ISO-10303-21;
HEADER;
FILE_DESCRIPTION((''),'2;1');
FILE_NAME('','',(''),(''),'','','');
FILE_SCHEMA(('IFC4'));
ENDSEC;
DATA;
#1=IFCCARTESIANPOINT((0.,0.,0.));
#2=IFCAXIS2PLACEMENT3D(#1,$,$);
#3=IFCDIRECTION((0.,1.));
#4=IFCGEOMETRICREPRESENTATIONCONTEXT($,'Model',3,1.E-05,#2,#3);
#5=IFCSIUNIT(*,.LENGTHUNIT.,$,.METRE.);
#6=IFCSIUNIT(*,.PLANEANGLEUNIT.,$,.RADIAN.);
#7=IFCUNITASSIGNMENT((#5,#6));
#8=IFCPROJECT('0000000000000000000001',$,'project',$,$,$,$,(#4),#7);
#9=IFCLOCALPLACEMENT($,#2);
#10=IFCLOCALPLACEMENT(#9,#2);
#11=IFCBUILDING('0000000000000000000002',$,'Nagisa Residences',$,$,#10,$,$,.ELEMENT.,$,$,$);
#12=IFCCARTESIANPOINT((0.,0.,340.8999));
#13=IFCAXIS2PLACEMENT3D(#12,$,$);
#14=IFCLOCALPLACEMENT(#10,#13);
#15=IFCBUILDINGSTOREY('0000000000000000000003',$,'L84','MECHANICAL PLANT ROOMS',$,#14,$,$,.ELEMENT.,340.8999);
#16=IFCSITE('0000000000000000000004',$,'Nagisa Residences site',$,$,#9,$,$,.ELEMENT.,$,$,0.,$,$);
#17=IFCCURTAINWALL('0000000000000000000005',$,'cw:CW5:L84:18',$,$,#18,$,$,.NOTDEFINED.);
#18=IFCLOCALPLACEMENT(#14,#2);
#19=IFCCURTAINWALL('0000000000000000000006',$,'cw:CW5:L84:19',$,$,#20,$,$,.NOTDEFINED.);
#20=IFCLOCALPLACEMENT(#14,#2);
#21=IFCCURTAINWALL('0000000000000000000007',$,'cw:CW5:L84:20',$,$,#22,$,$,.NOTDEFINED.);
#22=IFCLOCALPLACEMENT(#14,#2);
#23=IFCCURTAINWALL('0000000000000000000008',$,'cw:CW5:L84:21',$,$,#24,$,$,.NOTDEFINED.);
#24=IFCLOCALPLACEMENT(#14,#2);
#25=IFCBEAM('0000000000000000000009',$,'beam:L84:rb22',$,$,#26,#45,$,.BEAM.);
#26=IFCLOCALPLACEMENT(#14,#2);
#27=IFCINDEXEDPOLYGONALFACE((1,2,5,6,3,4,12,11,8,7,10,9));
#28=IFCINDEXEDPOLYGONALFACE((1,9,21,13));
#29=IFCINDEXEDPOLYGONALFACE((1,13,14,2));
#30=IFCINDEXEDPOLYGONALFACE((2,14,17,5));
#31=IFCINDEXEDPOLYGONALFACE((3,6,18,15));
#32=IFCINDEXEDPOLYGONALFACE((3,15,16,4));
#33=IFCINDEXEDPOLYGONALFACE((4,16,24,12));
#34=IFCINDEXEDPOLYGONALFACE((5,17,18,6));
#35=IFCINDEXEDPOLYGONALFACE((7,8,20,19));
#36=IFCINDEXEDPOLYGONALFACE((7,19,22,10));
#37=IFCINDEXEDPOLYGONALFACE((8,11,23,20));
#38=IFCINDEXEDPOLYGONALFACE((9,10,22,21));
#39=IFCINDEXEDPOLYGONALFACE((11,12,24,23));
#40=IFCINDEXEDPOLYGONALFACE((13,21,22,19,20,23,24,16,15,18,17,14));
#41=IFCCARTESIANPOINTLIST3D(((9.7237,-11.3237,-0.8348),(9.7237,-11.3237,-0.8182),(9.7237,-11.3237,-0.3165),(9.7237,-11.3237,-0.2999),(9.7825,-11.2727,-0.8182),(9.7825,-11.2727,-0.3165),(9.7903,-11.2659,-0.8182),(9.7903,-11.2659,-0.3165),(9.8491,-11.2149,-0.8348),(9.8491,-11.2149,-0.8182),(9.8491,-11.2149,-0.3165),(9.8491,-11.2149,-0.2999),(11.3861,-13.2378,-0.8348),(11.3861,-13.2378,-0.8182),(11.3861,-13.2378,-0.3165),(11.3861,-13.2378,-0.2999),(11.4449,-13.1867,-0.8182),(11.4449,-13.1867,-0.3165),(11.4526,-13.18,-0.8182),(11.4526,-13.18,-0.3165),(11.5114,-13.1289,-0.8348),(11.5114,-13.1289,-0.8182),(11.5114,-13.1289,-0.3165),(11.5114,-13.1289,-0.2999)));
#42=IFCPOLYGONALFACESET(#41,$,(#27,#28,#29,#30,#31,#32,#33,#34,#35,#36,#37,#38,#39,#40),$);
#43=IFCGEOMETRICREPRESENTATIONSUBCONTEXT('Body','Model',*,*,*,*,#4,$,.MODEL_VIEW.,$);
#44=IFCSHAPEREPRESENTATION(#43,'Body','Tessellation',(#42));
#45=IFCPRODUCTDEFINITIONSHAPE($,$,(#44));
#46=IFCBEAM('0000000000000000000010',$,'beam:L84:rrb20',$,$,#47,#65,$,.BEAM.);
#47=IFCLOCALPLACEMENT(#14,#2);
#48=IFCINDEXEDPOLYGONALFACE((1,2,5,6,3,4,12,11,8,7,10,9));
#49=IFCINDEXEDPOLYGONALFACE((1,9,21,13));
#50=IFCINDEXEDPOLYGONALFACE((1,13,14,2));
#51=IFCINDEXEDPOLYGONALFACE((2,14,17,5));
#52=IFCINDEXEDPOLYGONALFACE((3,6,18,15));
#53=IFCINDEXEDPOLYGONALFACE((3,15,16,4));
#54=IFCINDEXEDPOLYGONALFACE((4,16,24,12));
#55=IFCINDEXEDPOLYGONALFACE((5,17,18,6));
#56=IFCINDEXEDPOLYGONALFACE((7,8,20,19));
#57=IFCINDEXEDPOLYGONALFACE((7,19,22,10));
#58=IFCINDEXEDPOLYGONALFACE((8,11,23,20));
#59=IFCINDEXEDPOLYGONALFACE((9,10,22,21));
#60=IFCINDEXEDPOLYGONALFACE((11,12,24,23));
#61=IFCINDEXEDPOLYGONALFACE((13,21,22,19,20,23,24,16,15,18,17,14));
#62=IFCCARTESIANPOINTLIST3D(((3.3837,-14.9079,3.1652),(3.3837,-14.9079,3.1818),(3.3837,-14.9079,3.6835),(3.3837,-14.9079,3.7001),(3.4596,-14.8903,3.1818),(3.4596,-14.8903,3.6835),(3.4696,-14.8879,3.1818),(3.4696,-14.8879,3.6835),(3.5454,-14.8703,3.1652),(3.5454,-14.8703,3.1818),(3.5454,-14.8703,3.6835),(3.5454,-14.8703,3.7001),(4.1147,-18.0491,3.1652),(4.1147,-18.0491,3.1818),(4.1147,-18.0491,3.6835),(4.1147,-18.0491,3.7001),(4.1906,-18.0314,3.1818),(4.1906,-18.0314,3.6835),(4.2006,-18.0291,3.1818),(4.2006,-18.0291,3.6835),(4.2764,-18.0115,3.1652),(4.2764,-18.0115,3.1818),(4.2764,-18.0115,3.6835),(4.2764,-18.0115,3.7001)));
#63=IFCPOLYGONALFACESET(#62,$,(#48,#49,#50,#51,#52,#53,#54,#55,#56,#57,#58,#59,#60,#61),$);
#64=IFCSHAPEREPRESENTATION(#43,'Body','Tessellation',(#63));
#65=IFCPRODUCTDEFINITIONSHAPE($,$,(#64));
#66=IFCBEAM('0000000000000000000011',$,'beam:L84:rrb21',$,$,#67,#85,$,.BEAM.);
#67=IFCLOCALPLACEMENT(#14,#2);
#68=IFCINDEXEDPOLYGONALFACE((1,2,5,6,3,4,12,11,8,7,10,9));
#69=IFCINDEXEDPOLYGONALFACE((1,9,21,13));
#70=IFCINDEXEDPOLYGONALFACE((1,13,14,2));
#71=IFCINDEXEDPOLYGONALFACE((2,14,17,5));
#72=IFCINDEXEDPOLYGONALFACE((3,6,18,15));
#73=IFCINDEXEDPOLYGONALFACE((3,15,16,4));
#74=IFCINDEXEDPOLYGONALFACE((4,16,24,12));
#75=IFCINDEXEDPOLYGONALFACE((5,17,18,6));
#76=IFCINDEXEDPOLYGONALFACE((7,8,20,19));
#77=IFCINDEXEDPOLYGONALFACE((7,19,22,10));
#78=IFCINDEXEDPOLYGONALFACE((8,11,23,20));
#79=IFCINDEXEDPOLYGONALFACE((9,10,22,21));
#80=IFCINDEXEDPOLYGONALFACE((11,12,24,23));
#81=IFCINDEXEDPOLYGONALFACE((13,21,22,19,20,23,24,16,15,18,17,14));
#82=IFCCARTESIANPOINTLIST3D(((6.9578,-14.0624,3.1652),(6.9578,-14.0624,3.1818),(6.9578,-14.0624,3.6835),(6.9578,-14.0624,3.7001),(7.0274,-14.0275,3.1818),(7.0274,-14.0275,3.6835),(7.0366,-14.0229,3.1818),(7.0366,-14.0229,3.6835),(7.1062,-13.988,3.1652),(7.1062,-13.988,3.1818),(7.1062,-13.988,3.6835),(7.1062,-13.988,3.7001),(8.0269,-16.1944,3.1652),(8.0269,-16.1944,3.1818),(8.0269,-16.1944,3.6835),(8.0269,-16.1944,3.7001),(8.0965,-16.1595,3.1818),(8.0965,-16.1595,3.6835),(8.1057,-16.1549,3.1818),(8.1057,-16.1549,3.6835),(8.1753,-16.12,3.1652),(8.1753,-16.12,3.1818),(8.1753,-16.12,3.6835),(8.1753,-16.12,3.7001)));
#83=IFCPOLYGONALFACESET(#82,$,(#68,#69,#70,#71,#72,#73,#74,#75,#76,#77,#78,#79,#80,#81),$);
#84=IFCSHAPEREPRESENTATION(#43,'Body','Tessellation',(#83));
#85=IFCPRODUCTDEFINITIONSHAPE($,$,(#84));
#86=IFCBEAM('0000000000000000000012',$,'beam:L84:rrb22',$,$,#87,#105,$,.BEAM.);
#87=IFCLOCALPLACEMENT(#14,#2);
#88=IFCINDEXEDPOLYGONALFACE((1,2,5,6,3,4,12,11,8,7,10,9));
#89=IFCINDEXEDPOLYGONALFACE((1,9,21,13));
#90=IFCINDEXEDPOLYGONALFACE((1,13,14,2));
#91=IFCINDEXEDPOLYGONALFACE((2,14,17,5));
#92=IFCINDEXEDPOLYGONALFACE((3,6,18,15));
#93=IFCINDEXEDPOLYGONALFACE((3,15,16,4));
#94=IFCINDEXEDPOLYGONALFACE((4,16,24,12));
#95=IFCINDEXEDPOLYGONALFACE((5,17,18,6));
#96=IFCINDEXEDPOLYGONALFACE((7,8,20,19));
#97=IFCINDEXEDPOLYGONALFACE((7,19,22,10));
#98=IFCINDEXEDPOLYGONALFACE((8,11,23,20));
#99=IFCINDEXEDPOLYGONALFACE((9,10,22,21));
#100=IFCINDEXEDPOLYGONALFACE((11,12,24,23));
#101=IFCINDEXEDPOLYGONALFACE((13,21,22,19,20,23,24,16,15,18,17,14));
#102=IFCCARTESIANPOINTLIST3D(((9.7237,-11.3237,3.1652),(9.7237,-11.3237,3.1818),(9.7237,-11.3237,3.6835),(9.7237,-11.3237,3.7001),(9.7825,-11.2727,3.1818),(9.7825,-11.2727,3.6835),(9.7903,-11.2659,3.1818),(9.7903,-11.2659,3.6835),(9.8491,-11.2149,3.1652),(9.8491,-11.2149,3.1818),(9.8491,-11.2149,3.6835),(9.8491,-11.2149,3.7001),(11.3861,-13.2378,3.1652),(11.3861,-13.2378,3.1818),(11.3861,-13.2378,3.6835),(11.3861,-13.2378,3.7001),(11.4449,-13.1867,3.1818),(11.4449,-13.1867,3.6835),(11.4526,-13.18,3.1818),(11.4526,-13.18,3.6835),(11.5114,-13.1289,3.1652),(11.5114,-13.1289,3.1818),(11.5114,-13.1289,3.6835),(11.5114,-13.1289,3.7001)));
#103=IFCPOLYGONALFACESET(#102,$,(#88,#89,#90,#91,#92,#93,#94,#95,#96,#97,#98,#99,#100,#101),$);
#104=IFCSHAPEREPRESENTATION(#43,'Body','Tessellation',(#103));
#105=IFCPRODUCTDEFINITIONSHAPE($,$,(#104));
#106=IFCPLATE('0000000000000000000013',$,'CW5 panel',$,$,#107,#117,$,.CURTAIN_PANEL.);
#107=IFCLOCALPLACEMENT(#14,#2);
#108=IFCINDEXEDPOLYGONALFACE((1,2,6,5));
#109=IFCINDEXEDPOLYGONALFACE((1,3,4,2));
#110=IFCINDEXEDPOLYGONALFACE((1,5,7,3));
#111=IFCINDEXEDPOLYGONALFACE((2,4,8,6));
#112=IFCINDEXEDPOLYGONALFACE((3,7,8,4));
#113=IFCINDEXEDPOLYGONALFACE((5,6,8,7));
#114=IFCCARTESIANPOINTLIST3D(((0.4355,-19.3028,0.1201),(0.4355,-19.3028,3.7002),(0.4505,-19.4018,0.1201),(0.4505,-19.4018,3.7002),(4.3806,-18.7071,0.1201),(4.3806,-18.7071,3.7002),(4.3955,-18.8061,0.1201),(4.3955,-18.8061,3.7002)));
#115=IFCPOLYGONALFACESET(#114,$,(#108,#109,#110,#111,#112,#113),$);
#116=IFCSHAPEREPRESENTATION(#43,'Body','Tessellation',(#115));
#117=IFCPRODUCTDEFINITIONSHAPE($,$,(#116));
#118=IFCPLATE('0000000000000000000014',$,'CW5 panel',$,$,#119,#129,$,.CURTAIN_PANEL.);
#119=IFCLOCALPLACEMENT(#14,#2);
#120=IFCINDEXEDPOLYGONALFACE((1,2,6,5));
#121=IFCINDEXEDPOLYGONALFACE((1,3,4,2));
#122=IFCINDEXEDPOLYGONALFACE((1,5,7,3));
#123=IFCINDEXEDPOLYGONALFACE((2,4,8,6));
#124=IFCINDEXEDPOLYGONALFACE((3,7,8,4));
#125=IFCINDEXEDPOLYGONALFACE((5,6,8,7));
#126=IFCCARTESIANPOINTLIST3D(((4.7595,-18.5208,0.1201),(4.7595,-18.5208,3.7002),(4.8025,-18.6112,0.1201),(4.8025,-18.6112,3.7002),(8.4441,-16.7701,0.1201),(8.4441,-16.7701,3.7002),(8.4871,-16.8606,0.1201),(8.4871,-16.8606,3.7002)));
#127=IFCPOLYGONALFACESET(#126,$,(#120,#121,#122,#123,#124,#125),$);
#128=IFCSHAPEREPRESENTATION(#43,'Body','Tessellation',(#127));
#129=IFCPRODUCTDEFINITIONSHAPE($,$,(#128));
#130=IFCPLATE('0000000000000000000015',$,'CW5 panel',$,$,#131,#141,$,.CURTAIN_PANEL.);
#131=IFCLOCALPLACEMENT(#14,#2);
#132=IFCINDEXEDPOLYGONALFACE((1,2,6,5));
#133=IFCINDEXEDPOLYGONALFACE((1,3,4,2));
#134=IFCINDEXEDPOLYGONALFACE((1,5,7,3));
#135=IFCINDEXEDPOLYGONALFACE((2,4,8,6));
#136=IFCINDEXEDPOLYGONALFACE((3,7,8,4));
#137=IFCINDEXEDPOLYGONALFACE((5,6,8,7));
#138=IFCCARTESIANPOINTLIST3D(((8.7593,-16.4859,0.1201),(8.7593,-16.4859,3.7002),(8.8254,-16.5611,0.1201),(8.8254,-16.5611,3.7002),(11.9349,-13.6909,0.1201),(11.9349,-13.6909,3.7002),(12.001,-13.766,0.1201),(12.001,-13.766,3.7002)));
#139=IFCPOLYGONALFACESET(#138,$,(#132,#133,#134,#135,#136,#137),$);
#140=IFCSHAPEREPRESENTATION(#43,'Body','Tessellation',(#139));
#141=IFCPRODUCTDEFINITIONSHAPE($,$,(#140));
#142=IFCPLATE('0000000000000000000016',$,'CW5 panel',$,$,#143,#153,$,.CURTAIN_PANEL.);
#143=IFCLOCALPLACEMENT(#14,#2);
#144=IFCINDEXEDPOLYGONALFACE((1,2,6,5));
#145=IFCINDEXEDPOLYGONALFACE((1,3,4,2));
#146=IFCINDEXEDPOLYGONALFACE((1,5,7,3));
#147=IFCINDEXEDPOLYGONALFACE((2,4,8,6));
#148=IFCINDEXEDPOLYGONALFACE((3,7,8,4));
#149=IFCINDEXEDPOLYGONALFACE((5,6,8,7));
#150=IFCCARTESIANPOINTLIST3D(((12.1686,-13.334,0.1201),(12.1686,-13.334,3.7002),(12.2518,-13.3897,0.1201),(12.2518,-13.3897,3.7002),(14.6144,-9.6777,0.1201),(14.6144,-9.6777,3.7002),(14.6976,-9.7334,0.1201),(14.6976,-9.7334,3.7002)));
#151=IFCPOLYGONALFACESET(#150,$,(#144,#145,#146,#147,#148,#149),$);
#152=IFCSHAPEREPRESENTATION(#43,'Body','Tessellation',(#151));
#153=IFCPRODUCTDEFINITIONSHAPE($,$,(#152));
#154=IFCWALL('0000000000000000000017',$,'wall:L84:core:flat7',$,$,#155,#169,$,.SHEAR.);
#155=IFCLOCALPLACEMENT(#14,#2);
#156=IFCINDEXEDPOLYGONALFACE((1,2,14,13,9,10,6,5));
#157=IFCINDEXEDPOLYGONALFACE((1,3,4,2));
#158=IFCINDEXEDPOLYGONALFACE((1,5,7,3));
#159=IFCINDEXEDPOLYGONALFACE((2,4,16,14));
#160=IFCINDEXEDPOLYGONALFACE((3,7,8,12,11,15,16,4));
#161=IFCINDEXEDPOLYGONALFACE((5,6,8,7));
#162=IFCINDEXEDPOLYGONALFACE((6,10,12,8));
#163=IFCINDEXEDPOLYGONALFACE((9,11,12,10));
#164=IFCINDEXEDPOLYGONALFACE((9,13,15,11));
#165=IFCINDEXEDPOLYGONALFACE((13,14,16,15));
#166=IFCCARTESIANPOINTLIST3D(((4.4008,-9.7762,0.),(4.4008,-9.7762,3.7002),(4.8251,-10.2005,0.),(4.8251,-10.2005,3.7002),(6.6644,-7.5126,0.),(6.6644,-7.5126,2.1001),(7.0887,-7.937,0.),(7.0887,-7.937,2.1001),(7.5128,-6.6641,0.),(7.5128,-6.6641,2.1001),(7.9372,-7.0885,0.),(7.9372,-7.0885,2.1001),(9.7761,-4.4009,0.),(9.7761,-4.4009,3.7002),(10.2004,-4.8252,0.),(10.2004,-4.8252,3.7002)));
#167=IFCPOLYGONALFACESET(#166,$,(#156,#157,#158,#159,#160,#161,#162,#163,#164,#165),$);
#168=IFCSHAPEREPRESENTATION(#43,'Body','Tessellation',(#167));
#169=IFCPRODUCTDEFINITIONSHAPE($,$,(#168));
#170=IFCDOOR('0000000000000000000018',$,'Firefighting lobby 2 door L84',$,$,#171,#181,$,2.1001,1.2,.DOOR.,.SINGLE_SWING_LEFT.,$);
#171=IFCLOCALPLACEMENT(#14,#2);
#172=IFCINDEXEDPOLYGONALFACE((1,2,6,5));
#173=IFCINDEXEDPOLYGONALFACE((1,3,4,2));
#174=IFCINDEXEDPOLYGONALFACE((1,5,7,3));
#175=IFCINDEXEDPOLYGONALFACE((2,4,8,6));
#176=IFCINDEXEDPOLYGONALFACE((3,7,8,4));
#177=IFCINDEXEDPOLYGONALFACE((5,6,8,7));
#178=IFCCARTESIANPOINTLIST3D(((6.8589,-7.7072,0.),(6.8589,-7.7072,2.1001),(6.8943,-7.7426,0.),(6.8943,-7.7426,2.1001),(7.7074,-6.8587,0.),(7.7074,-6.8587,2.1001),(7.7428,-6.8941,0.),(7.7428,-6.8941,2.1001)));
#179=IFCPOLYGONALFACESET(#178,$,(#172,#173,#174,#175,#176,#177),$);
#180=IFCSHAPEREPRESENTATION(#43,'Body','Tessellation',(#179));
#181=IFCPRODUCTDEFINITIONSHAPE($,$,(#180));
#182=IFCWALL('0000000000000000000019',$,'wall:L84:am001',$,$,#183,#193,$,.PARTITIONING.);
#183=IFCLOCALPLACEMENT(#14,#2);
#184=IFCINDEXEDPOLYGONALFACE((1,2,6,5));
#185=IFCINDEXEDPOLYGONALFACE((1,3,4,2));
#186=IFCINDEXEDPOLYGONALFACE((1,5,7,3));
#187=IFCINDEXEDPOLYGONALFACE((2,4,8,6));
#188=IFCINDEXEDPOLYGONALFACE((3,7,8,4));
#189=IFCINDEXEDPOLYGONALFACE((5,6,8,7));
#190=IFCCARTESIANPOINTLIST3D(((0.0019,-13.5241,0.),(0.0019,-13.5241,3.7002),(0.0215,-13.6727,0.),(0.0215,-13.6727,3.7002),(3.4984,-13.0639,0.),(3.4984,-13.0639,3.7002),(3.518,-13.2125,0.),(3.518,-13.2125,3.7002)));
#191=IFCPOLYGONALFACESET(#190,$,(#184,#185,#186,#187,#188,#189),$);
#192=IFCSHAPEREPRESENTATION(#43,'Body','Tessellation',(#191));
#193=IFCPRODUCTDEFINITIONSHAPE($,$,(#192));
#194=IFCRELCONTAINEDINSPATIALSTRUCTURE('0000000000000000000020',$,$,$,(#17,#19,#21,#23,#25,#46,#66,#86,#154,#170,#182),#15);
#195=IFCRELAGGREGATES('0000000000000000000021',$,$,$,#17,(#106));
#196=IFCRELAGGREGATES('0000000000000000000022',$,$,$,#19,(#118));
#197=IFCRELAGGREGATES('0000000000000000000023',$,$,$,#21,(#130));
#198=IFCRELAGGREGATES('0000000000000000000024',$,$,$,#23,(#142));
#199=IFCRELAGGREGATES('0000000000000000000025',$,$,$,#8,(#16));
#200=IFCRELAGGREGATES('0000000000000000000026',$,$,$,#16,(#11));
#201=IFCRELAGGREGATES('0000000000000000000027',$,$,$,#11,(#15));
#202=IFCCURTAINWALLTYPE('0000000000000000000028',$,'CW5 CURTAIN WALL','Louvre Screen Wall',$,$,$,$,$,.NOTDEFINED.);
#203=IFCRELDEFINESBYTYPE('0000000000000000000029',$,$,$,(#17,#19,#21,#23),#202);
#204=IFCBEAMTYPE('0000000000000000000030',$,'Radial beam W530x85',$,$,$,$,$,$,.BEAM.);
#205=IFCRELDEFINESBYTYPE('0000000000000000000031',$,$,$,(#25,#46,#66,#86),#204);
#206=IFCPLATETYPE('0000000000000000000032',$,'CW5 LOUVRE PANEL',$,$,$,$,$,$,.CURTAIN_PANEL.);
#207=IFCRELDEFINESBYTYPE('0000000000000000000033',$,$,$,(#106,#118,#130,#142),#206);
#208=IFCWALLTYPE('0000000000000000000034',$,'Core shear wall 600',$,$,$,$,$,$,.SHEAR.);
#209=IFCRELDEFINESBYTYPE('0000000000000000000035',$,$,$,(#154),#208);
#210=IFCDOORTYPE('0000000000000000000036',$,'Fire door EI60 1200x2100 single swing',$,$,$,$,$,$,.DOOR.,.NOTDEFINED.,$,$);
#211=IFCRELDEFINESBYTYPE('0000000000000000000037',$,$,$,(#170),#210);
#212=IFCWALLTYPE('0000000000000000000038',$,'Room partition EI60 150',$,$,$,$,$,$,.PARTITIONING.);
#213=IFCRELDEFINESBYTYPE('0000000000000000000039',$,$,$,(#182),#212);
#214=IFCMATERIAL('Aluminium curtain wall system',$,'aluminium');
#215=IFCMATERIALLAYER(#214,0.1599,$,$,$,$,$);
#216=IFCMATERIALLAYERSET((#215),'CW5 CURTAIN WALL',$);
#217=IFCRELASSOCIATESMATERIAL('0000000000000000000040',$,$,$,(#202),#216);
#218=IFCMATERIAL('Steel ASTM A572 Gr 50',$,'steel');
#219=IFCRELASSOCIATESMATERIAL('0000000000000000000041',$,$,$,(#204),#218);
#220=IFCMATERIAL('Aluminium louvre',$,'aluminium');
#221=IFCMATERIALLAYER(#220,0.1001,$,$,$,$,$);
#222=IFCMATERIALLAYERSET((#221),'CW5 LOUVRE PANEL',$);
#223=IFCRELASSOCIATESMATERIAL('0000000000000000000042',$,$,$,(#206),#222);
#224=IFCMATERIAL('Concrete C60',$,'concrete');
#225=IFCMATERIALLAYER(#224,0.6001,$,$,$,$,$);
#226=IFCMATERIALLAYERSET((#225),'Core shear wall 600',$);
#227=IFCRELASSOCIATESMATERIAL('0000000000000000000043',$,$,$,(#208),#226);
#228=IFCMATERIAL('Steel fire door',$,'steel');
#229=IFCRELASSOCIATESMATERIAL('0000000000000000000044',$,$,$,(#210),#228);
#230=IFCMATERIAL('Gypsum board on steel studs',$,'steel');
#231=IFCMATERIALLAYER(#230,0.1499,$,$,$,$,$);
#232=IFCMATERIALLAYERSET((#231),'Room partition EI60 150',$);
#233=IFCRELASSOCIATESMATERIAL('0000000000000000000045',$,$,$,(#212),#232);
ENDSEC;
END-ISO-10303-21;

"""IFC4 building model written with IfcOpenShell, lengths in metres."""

from ifc_helpers import new_model, si_unit, direction, frame, frame_2d, origin, origin_2d, place, context, subcontext, project, spatial, rectangle, i_section, extrude, material, layer, layer_set, material_profile, profile_set, type_object, element, fill, aggregate, save


model = new_model("IFC4")

# Units and contexts
model_context = context("Model", 3, precision=1e-05, world=origin(), true_north=direction((0.0, 1.0)))
body_context = subcontext(model_context, "Body", "Model", "MODEL_VIEW")
ifc_project = project(units=[si_unit("LENGTHUNIT", "METRE"), si_unit("PLANEANGLEUNIT", "RADIAN")], contexts=[model_context])

# Site, building, storey
site_placement = place(None, origin())
site = spatial("IfcSite", under=ifc_project, at=site_placement, Name="Nagisa Residences site", CompositionType="ELEMENT", RefElevation=0.0)
building_placement = place(site_placement, origin())
building = spatial("IfcBuilding", under=site, at=building_placement, Name="Nagisa Residences", CompositionType="ELEMENT")
storey_placement = place(building_placement, frame((0.0, 0.0, 340.8999)))
storey = spatial("IfcBuildingStorey", under=building, at=storey_placement, Name="L84", Description="MECHANICAL PLANT ROOMS", CompositionType="ELEMENT", Elevation=340.8999)

# Curtain walls
ifc_material_1 = material(Name="Aluminium curtain wall system", Category="aluminium")
ifc_layer_1 = layer(ifc_material_1, 0.1599)
ifc_layer_set_1 = layer_set([ifc_layer_1], Name="CW5 CURTAIN WALL")
curtain_wall_type = type_object("IfcCurtainWallType", Name="CW5 CURTAIN WALL", Description="Louvre Screen Wall", PredefinedType="NOTDEFINED", material=ifc_layer_set_1)
curtain_wall_1_placement = place(storey_placement, origin())
curtain_wall_1 = element("IfcCurtainWall", 1, at=curtain_wall_1_placement, inside=storey, type_object=curtain_wall_type, Name="cw:CW5:L84:18", PredefinedType="NOTDEFINED")
curtain_wall_2_placement = place(storey_placement, origin())
curtain_wall_2 = element("IfcCurtainWall", 2, at=curtain_wall_2_placement, inside=storey, type_object=curtain_wall_type, Name="cw:CW5:L84:19", PredefinedType="NOTDEFINED")
curtain_wall_3_placement = place(storey_placement, origin())
curtain_wall_3 = element("IfcCurtainWall", 3, at=curtain_wall_3_placement, inside=storey, type_object=curtain_wall_type, Name="cw:CW5:L84:20", PredefinedType="NOTDEFINED")
curtain_wall_4_placement = place(storey_placement, origin())
curtain_wall_4 = element("IfcCurtainWall", 4, at=curtain_wall_4_placement, inside=storey, type_object=curtain_wall_type, Name="cw:CW5:L84:21", PredefinedType="NOTDEFINED")

# Beams
ifc_material_2 = material(Name="Steel ASTM A572 Gr 50", Category="steel")
ifc_material_profile_1 = material_profile(ifc_material_2, i_section(OverallWidth=0.166, OverallDepth=0.5349, WebThickness=0.0103, FlangeThickness=0.0166, at=origin_2d()), Name="W530x85")
ifc_profile_set_1 = profile_set([ifc_material_profile_1], Name="Steel ASTM A572 Gr 50")
beam_type_1 = type_object("IfcBeamType", Name="Radial beam W530x85", PredefinedType="BEAM", material=ifc_profile_set_1)
beam_1_placement = place(storey_placement, frame((11.4487, -13.1833, -0.5674), z_axis=(-0.655718, 0.755006, 0.0), x_axis=(-0.755006, -0.655718, 0.0)))
element("IfcBeam", 5, at=beam_1_placement, inside=storey, type_object=beam_type_1, Name="beam:L84:rb22", PredefinedType="BEAM", context=body_context, shape_type="SweptSolid", body=[
    extrude(i_section(OverallWidth=0.166, OverallDepth=0.5349, WebThickness=0.0103, FlangeThickness=0.0166, at=origin_2d()), origin(), (0.0, 0.0, 1.0), 2.5352),
])
beam_2_placement = place(storey_placement, frame((4.1956, -18.0303, 3.4326), z_axis=(-0.22665, 0.973976, 0.0), x_axis=(-0.973976, -0.22665, 0.0)))
element("IfcBeam", 6, at=beam_2_placement, inside=storey, type_object=beam_type_1, Name="beam:L84:rrb20", PredefinedType="BEAM", context=body_context, shape_type="SweptSolid", body=[
    extrude(i_section(OverallWidth=0.166, OverallDepth=0.5349, WebThickness=0.0103, FlangeThickness=0.0166, at=origin_2d()), origin(), (0.0, 0.0, 1.0), 3.2251),
])
beam_3_placement = place(storey_placement, frame((8.1011, -16.1572, 3.4326), z_axis=(-0.448237, 0.893915, 0.0), x_axis=(-0.893915, -0.448237, 0.0)))
element("IfcBeam", 7, at=beam_3_placement, inside=storey, type_object=beam_type_1, Name="beam:L84:rrb21", PredefinedType="BEAM", context=body_context, shape_type="SweptSolid", body=[
    extrude(i_section(OverallWidth=0.166, OverallDepth=0.5349, WebThickness=0.0103, FlangeThickness=0.0166, at=origin_2d()), origin(), (0.0, 0.0, 1.0), 2.385),
])
beam_4_placement = place(storey_placement, frame((11.4487, -13.1833, 3.4326), z_axis=(-0.655718, 0.755006, 0.0), x_axis=(-0.755006, -0.655718, 0.0)))
element("IfcBeam", 8, at=beam_4_placement, inside=storey, type_object=beam_type_1, Name="beam:L84:rrb22", PredefinedType="BEAM", context=body_context, shape_type="SweptSolid", body=[
    extrude(i_section(OverallWidth=0.166, OverallDepth=0.5349, WebThickness=0.0103, FlangeThickness=0.0166, at=origin_2d()), origin(), (0.0, 0.0, 1.0), 2.5352),
])

# Plates
ifc_material_3 = material(Name="Aluminium louvre", Category="aluminium")
ifc_layer_2 = layer(ifc_material_3, 0.1001)
ifc_layer_set_2 = layer_set([ifc_layer_2], Name="CW5 LOUVRE PANEL")
plate_type = type_object("IfcPlateType", Name="CW5 LOUVRE PANEL", PredefinedType="CURTAIN_PANEL", material=ifc_layer_set_2)
plate_1_placement = place(storey_placement, frame((2.4155, -19.0544, 0.1201), z_axis=(0.0, 0.0, 1.0), x_axis=(0.988789, 0.14932, 0.0)))
plate_1 = element("IfcPlate", 9, at=plate_1_placement, type_object=plate_type, Name="CW5 panel", PredefinedType="CURTAIN_PANEL", context=body_context, shape_type="SweptSolid", body=[
    extrude(rectangle(XDim=3.9897, YDim=0.1001, at=origin_2d()), origin(), (0.0, 0.0, 1.0), 3.5801),
])
aggregate(curtain_wall_1, [plate_1])
plate_2_placement = place(storey_placement, frame((6.6233, -17.6907, 0.1201), z_axis=(0.0, 0.0, 1.0), x_axis=(0.903233, 0.429151, 0.0)))
plate_2 = element("IfcPlate", 10, at=plate_2_placement, type_object=plate_type, Name="CW5 panel", PredefinedType="CURTAIN_PANEL", context=body_context, shape_type="SweptSolid", body=[
    extrude(rectangle(XDim=4.0793, YDim=0.1001, at=origin_2d()), origin(), (0.0, 0.0, 1.0), 3.5801),
])
aggregate(curtain_wall_2, [plate_2])
plate_3_placement = place(storey_placement, frame((10.3801, -15.126, 0.1201), z_axis=(0.0, 0.0, 1.0), x_axis=(0.750651, 0.660699, 0.0)))
plate_3 = element("IfcPlate", 11, at=plate_3_placement, type_object=plate_type, Name="CW5 panel", PredefinedType="CURTAIN_PANEL", context=body_context, shape_type="SweptSolid", body=[
    extrude(rectangle(XDim=4.2305, YDim=0.1001, at=origin_2d()), origin(), (0.0, 0.0, 1.0), 3.5801),
])
aggregate(curtain_wall_3, [plate_3])
plate_4_placement = place(storey_placement, frame((13.4331, -11.5337, 0.1201), z_axis=(0.0, 0.0, 1.0), x_axis=(0.556014, 0.831173, 0.0)))
plate_4 = element("IfcPlate", 12, at=plate_4_placement, type_object=plate_type, Name="CW5 panel", PredefinedType="CURTAIN_PANEL", context=body_context, shape_type="SweptSolid", body=[
    extrude(rectangle(XDim=4.3989, YDim=0.1001, at=origin_2d()), origin(), (0.0, 0.0, 1.0), 3.5801),
])
aggregate(curtain_wall_4, [plate_4])

# Wall, opening, door
ifc_material_4 = material(Name="Concrete C60", Category="concrete")
ifc_layer_3 = layer(ifc_material_4, 0.6001)
ifc_layer_set_3 = layer_set([ifc_layer_3], Name="Core shear wall 600")
wall_type_1 = type_object("IfcWallType", Name="Core shear wall 600", PredefinedType="SHEAR", material=ifc_layer_set_3)
wall_1_placement = place(storey_placement, frame((4.613, -9.9883, 0.0), z_axis=(0.0, 0.0, 1.0), x_axis=(0.707107, 0.707107, 0.0)))
wall_1 = element("IfcWall", 13, at=wall_1_placement, inside=storey, type_object=wall_type_1, Name="wall:L84:core:flat7", PredefinedType="SHEAR", context=body_context, shape_type="SweptSolid", body=[
    extrude(rectangle(XDim=7.6018, YDim=0.6001, at=frame_2d((3.8008, 0.0))), origin(), (0.0, 0.0, 1.0), 3.7002),
])
opening_1_placement = place(wall_1_placement, frame((3.2009, 0.0, 0.0)))
opening_1 = element("IfcOpeningElement", 14, at=opening_1_placement, cuts=wall_1, PredefinedType="OPENING", context=body_context, shape_type="SweptSolid", body=[
    extrude(rectangle(XDim=1.2, YDim=2.1001, at=frame_2d((0.6001, 1.05))), frame((0.0, 0.3101, 0.0), z_axis=(0.0, -1.0, 0.0), x_axis=(1.0, 0.0, 0.0)), (0.0, 0.0, 1.0), 0.6201),
])
ifc_material_5 = material(Name="Steel fire door", Category="steel")
door_type_1 = type_object("IfcDoorType", Name="Fire door EI60 1200x2100 single swing", OperationType="NOTDEFINED", PredefinedType="DOOR", material=ifc_material_5)
door_1_placement = place(opening_1_placement, origin())
door_1 = element("IfcDoor", 15, at=door_1_placement, inside=storey, type_object=door_type_1, Name="Firefighting lobby 2 door L84", OperationType="SINGLE_SWING_LEFT", OverallHeight=2.1001, OverallWidth=1.2, PredefinedType="DOOR", context=body_context, shape_type="SweptSolid", body=[
    extrude(rectangle(XDim=1.2, YDim=2.1001, at=frame_2d((0.6001, 1.05))), frame((0.0, 0.0249, 0.0), z_axis=(0.0, -1.0, 0.0), x_axis=(1.0, 0.0, 0.0)), (0.0, 0.0, 1.0), 0.05),
])
fill(opening_1, door_1)

# Wall
ifc_material_6 = material(Name="Gypsum board on steel studs", Category="steel")
ifc_layer_4 = layer(ifc_material_6, 0.1499)
ifc_layer_set_4 = layer_set([ifc_layer_4], Name="Room partition EI60 150")
wall_type_2 = type_object("IfcWallType", Name="Room partition EI60 150", PredefinedType="PARTITIONING", material=ifc_layer_set_4)
wall_2_placement = place(storey_placement, frame((3.5081, -13.1382, 0.0), z_axis=(0.0, 0.0, 1.0), x_axis=(-0.991448, -0.130499, 0.0)))
element("IfcWall", 16, at=wall_2_placement, inside=storey, type_object=wall_type_2, Name="wall:L84:am001", PredefinedType="PARTITIONING", context=body_context, shape_type="SweptSolid", body=[
    extrude(rectangle(XDim=3.5266, YDim=0.1499, at=frame_2d((1.7632, 0.0))), origin(), (0.0, 0.0, 1.0), 3.7002),
])

save(model, "model.ifc")
